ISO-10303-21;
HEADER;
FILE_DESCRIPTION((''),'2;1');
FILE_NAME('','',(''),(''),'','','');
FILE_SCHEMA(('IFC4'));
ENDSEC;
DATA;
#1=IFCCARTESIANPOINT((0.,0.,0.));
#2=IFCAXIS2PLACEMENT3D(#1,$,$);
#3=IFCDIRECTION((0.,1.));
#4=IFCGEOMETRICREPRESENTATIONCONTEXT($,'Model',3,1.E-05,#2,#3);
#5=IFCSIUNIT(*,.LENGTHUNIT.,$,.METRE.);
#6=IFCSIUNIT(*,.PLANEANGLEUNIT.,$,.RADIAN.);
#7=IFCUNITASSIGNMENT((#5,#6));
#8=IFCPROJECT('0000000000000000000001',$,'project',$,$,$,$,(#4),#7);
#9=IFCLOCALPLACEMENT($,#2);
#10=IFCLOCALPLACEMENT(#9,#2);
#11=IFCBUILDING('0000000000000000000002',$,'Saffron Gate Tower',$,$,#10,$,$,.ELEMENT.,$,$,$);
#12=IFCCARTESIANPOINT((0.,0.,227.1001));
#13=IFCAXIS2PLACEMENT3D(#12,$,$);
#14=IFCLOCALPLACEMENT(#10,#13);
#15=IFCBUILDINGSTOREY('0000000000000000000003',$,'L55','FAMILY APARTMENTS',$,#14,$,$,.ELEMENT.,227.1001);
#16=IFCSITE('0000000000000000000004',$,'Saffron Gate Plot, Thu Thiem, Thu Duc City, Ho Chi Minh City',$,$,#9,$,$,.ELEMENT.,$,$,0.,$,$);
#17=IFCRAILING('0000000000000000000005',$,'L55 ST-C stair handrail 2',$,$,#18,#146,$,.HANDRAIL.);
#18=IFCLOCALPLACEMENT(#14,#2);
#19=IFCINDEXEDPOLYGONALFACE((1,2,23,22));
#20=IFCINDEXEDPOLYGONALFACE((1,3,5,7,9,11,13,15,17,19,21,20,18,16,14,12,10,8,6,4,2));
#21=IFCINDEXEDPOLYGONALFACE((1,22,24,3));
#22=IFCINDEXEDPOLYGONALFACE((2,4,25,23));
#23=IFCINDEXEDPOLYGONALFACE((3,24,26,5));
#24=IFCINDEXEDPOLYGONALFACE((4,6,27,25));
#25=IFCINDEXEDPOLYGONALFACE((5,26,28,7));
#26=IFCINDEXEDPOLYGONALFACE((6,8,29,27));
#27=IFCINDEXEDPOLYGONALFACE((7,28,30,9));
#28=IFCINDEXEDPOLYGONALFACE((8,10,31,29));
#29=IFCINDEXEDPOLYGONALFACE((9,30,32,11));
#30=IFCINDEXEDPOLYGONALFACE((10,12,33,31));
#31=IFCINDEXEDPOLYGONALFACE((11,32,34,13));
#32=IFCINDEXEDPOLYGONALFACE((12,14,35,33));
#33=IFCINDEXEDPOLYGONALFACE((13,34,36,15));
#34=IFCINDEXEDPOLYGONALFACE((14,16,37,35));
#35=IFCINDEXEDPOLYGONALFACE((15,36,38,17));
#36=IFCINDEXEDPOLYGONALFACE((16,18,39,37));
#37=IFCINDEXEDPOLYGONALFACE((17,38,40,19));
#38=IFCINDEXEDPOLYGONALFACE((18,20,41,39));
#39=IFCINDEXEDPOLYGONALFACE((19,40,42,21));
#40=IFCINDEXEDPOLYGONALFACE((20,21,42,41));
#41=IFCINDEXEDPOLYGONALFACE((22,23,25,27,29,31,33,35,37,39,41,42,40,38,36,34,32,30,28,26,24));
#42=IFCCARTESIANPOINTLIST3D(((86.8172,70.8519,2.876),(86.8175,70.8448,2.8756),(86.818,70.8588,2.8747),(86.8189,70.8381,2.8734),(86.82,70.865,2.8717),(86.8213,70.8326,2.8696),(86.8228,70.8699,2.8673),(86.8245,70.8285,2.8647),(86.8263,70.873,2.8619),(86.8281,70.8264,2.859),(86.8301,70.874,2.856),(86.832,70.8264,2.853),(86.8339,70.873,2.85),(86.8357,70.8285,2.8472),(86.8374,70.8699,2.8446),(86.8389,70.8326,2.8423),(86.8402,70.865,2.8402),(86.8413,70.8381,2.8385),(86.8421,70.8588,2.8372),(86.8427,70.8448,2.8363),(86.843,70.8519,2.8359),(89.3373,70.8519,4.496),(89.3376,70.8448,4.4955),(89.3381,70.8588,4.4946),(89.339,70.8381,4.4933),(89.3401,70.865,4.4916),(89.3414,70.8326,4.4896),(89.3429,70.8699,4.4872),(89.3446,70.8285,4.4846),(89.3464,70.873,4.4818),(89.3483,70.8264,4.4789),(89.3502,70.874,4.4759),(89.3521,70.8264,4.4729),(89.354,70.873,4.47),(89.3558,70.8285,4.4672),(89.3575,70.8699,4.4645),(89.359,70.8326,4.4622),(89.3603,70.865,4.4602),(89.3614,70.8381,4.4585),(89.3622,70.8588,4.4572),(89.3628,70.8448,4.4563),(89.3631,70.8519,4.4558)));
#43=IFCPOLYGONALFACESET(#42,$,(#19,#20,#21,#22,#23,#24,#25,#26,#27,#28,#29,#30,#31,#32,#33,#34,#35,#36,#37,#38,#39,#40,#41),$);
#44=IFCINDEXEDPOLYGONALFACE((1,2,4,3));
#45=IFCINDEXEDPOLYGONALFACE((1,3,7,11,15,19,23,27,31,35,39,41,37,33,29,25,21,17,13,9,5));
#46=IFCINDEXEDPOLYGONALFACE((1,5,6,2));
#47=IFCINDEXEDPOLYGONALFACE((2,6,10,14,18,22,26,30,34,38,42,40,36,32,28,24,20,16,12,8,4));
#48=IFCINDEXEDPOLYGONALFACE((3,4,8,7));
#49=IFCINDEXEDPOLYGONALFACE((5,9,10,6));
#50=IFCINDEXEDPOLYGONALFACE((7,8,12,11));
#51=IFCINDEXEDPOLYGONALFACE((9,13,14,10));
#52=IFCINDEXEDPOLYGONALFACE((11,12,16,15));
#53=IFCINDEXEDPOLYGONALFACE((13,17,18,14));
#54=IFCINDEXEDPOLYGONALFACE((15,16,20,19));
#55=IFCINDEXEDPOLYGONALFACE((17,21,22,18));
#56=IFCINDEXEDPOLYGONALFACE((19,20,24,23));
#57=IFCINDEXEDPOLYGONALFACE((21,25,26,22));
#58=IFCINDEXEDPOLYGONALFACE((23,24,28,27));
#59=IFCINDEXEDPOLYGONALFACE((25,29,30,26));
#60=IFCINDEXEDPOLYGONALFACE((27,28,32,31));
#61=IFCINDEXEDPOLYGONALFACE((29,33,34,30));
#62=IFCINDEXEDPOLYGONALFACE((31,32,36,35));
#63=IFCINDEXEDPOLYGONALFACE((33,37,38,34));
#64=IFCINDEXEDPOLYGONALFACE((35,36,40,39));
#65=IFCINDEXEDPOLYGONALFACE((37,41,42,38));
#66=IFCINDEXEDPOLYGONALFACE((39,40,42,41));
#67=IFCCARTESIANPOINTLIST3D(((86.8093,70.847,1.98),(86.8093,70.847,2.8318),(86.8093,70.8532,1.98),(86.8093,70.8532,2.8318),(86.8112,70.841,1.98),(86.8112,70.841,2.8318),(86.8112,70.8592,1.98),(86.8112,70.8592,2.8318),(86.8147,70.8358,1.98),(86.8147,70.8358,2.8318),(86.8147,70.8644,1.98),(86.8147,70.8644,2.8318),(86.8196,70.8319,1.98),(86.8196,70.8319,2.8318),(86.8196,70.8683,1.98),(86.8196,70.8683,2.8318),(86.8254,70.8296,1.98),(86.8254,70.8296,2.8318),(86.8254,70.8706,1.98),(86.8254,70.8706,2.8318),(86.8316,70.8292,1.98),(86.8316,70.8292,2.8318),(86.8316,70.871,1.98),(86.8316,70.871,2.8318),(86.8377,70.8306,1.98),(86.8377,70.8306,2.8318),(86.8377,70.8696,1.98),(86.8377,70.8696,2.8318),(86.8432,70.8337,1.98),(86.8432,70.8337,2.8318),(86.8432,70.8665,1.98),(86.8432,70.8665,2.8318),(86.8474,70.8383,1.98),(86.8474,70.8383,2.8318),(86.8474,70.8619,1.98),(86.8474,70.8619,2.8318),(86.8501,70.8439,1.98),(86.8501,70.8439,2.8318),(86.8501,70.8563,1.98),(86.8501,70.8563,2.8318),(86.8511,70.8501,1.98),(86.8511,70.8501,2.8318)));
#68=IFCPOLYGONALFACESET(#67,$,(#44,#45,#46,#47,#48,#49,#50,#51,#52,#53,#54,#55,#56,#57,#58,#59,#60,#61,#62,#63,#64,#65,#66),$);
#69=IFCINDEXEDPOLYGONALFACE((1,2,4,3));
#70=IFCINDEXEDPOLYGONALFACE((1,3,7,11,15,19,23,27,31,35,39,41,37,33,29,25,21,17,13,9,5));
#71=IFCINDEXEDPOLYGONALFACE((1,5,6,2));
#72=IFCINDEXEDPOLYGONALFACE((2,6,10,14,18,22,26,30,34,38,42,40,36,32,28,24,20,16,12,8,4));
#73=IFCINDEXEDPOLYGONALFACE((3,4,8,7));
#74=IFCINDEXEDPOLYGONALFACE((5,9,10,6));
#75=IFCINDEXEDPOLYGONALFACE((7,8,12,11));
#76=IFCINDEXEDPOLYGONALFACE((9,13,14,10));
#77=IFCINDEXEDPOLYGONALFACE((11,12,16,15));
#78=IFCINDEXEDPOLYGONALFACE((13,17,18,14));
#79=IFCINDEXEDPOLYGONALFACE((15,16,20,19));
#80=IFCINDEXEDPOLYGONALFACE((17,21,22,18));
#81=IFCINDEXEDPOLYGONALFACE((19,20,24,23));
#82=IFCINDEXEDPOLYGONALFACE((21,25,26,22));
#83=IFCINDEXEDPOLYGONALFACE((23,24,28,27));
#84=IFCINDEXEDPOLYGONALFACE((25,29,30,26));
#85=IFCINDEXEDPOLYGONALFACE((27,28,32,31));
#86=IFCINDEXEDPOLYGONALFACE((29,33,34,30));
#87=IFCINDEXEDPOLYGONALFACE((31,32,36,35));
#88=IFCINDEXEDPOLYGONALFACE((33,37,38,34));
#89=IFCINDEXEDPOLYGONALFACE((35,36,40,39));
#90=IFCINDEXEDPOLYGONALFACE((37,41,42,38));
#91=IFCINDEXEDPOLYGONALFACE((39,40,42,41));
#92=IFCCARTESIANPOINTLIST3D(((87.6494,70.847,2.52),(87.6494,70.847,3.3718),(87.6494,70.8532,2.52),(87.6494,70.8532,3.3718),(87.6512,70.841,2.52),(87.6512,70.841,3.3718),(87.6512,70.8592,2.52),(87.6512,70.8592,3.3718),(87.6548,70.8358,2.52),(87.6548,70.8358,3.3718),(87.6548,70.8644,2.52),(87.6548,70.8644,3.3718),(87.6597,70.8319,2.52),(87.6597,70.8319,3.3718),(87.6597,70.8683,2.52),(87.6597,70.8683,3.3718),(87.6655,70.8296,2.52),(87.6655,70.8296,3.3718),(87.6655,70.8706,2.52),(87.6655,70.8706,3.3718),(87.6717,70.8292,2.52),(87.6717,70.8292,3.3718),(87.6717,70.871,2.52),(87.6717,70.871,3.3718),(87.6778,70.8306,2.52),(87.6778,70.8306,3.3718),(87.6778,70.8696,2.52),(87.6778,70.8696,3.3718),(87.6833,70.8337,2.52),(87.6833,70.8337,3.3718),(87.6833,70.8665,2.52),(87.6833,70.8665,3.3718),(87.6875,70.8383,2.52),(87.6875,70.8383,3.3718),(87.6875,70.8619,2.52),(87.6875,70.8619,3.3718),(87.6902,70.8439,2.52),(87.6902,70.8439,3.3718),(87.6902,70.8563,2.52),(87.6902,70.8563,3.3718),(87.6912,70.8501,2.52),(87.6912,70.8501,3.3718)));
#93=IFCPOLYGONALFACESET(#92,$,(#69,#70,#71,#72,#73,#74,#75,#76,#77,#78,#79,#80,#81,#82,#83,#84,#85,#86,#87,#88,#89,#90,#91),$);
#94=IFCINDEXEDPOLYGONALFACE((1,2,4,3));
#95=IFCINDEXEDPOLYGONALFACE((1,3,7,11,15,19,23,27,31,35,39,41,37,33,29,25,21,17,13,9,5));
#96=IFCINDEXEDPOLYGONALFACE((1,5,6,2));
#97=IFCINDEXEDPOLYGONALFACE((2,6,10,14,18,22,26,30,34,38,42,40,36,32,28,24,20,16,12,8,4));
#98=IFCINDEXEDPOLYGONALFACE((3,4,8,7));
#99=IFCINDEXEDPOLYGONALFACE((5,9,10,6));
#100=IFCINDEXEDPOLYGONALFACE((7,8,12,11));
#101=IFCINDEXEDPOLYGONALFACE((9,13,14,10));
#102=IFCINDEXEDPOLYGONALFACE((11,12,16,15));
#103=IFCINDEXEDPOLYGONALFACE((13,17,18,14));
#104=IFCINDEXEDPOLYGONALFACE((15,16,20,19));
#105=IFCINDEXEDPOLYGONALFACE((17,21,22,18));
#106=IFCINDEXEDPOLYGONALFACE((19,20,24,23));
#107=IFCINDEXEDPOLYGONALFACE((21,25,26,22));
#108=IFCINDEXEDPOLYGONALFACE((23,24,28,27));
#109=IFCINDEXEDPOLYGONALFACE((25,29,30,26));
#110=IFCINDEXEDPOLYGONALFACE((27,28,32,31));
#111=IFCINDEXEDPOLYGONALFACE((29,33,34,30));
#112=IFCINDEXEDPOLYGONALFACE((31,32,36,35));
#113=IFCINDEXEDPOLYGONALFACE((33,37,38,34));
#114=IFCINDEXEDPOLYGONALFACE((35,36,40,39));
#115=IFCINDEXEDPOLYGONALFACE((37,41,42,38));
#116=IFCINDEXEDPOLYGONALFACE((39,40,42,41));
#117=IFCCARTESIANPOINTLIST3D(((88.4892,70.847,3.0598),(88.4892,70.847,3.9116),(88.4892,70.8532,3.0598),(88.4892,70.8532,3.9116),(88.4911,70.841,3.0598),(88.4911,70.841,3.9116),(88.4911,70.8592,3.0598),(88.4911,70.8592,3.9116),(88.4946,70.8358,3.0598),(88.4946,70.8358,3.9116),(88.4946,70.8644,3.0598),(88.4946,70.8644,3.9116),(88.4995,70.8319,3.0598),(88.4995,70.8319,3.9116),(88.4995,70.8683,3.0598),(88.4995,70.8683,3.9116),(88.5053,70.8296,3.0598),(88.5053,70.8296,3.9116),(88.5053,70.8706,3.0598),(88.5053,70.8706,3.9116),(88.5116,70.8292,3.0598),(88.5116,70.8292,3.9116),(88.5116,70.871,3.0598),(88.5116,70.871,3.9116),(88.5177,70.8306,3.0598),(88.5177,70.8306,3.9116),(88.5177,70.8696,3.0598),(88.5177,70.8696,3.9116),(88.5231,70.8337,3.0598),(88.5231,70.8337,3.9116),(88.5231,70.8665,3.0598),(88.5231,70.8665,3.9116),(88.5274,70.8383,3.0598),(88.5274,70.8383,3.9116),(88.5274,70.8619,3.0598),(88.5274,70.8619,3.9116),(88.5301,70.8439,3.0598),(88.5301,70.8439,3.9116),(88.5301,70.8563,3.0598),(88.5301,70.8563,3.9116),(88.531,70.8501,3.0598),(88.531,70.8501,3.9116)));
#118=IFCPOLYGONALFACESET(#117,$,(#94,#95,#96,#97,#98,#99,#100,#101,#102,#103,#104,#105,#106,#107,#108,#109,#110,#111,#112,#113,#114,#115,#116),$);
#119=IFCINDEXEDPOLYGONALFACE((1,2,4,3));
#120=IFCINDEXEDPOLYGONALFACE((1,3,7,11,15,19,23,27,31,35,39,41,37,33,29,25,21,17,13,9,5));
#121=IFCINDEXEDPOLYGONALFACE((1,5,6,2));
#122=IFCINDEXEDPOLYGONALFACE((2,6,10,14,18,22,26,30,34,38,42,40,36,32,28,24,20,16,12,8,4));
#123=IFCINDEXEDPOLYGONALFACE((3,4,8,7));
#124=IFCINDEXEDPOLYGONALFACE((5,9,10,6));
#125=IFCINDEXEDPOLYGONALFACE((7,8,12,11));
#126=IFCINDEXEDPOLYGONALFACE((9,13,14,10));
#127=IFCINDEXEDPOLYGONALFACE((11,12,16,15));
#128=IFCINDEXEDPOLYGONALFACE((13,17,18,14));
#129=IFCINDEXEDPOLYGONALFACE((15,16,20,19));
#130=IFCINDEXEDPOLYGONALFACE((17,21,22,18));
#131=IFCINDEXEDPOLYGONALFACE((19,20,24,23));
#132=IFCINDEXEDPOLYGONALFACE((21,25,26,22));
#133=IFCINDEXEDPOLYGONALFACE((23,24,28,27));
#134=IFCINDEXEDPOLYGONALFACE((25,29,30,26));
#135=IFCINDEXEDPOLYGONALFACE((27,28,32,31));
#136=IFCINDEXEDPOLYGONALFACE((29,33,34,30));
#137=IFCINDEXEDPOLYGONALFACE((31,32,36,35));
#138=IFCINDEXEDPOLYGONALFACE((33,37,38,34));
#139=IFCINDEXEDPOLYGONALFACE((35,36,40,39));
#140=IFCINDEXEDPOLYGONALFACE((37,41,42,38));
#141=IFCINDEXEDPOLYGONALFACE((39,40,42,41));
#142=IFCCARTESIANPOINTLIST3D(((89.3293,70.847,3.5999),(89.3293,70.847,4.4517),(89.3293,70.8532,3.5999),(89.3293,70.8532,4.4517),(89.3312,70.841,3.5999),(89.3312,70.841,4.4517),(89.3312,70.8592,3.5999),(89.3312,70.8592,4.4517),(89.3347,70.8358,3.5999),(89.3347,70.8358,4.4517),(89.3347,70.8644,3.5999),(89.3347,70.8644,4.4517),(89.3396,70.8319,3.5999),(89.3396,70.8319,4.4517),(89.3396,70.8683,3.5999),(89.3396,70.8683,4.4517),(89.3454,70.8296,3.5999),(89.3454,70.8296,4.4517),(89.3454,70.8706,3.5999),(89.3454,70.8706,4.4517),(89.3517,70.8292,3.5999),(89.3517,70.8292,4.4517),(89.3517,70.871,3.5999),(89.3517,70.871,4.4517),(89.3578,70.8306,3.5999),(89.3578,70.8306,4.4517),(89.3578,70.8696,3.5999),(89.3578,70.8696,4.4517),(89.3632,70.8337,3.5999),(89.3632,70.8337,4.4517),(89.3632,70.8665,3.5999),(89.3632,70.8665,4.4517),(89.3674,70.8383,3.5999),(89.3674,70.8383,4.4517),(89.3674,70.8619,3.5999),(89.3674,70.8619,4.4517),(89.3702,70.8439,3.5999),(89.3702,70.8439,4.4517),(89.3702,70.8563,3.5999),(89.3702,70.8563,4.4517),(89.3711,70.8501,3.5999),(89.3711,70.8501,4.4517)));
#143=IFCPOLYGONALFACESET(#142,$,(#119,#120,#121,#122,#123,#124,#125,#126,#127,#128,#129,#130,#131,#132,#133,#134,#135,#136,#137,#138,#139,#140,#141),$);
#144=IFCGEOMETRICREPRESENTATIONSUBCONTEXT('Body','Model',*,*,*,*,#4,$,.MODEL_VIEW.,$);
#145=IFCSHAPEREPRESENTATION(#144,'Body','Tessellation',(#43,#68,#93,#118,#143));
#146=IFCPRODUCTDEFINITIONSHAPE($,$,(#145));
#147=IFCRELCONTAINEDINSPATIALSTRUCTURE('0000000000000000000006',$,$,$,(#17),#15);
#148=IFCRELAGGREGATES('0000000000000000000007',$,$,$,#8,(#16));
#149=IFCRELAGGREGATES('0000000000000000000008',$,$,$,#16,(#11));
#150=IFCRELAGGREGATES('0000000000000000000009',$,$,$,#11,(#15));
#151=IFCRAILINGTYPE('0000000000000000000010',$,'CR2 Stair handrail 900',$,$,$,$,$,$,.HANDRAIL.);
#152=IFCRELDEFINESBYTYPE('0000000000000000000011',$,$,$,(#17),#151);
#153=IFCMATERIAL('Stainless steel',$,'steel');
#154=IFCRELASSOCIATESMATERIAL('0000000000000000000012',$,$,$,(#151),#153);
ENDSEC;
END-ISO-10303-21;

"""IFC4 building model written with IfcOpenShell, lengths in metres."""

from ifc_helpers import new_model, si_unit, direction, frame, origin, origin_2d, place, context, subcontext, project, spatial, circle, extrude, material, type_object, element, save


model = new_model("IFC4")

# Units and contexts
model_context = context("Model", 3, precision=1e-05, world=origin(), true_north=direction((0.0, 1.0)))
body_context = subcontext(model_context, "Body", "Model", "MODEL_VIEW")
ifc_project = project(units=[si_unit("LENGTHUNIT", "METRE"), si_unit("PLANEANGLEUNIT", "RADIAN")], contexts=[model_context])

# Site, building, storey
site_placement = place(None, origin())
site = spatial("IfcSite", under=ifc_project, at=site_placement, Name="Saffron Gate Plot, Thu Thiem, Thu Duc City, Ho Chi Minh City", CompositionType="ELEMENT", RefElevation=0.0)
building_placement = place(site_placement, origin())
building = spatial("IfcBuilding", under=site, at=building_placement, Name="Saffron Gate Tower", CompositionType="ELEMENT")
storey_placement = place(building_placement, frame((0.0, 0.0, 227.1001)))
storey = spatial("IfcBuildingStorey", under=building, at=storey_placement, Name="L55", Description="FAMILY APARTMENTS", CompositionType="ELEMENT", Elevation=227.1001)

# Railing
ifc_material_1 = material(Name="Stainless steel", Category="steel")
railing_type_1 = type_object("IfcRailingType", Name="CR2 Stair handrail 900", PredefinedType="HANDRAIL", material=ifc_material_1)
railing_1_placement = place(storey_placement, frame((86.8301, 70.8501, 1.98)))
element("IfcRailing", 1, at=railing_1_placement, inside=storey, type_object=railing_type_1, Name="L55 ST-C stair handrail 2", PredefinedType="HANDRAIL", context=body_context, shape_type="SweptSolid", body=[
    extrude(circle(Radius=0.0239, at=origin_2d()), frame((0.0, 0.0, 0.876), z_axis=(0.8412, 0.0, 0.540725), x_axis=(0.0, 1.0, 0.0)), (0.0, 0.0, 1.0), 2.9958),
    extrude(circle(Radius=0.021, at=origin_2d()), origin(), (0.0, 0.0, 1.0), 0.8518),
    extrude(circle(Radius=0.021, at=origin_2d()), frame((0.8401, 0.0, 0.54)), (0.0, 0.0, 1.0), 0.8518),
    extrude(circle(Radius=0.021, at=origin_2d()), frame((1.6799, 0.0, 1.0798)), (0.0, 0.0, 1.0), 0.8518),
    extrude(circle(Radius=0.021, at=origin_2d()), frame((2.52, 0.0, 1.6199)), (0.0, 0.0, 1.0), 0.8518),
])

save(model, "model.ifc")
